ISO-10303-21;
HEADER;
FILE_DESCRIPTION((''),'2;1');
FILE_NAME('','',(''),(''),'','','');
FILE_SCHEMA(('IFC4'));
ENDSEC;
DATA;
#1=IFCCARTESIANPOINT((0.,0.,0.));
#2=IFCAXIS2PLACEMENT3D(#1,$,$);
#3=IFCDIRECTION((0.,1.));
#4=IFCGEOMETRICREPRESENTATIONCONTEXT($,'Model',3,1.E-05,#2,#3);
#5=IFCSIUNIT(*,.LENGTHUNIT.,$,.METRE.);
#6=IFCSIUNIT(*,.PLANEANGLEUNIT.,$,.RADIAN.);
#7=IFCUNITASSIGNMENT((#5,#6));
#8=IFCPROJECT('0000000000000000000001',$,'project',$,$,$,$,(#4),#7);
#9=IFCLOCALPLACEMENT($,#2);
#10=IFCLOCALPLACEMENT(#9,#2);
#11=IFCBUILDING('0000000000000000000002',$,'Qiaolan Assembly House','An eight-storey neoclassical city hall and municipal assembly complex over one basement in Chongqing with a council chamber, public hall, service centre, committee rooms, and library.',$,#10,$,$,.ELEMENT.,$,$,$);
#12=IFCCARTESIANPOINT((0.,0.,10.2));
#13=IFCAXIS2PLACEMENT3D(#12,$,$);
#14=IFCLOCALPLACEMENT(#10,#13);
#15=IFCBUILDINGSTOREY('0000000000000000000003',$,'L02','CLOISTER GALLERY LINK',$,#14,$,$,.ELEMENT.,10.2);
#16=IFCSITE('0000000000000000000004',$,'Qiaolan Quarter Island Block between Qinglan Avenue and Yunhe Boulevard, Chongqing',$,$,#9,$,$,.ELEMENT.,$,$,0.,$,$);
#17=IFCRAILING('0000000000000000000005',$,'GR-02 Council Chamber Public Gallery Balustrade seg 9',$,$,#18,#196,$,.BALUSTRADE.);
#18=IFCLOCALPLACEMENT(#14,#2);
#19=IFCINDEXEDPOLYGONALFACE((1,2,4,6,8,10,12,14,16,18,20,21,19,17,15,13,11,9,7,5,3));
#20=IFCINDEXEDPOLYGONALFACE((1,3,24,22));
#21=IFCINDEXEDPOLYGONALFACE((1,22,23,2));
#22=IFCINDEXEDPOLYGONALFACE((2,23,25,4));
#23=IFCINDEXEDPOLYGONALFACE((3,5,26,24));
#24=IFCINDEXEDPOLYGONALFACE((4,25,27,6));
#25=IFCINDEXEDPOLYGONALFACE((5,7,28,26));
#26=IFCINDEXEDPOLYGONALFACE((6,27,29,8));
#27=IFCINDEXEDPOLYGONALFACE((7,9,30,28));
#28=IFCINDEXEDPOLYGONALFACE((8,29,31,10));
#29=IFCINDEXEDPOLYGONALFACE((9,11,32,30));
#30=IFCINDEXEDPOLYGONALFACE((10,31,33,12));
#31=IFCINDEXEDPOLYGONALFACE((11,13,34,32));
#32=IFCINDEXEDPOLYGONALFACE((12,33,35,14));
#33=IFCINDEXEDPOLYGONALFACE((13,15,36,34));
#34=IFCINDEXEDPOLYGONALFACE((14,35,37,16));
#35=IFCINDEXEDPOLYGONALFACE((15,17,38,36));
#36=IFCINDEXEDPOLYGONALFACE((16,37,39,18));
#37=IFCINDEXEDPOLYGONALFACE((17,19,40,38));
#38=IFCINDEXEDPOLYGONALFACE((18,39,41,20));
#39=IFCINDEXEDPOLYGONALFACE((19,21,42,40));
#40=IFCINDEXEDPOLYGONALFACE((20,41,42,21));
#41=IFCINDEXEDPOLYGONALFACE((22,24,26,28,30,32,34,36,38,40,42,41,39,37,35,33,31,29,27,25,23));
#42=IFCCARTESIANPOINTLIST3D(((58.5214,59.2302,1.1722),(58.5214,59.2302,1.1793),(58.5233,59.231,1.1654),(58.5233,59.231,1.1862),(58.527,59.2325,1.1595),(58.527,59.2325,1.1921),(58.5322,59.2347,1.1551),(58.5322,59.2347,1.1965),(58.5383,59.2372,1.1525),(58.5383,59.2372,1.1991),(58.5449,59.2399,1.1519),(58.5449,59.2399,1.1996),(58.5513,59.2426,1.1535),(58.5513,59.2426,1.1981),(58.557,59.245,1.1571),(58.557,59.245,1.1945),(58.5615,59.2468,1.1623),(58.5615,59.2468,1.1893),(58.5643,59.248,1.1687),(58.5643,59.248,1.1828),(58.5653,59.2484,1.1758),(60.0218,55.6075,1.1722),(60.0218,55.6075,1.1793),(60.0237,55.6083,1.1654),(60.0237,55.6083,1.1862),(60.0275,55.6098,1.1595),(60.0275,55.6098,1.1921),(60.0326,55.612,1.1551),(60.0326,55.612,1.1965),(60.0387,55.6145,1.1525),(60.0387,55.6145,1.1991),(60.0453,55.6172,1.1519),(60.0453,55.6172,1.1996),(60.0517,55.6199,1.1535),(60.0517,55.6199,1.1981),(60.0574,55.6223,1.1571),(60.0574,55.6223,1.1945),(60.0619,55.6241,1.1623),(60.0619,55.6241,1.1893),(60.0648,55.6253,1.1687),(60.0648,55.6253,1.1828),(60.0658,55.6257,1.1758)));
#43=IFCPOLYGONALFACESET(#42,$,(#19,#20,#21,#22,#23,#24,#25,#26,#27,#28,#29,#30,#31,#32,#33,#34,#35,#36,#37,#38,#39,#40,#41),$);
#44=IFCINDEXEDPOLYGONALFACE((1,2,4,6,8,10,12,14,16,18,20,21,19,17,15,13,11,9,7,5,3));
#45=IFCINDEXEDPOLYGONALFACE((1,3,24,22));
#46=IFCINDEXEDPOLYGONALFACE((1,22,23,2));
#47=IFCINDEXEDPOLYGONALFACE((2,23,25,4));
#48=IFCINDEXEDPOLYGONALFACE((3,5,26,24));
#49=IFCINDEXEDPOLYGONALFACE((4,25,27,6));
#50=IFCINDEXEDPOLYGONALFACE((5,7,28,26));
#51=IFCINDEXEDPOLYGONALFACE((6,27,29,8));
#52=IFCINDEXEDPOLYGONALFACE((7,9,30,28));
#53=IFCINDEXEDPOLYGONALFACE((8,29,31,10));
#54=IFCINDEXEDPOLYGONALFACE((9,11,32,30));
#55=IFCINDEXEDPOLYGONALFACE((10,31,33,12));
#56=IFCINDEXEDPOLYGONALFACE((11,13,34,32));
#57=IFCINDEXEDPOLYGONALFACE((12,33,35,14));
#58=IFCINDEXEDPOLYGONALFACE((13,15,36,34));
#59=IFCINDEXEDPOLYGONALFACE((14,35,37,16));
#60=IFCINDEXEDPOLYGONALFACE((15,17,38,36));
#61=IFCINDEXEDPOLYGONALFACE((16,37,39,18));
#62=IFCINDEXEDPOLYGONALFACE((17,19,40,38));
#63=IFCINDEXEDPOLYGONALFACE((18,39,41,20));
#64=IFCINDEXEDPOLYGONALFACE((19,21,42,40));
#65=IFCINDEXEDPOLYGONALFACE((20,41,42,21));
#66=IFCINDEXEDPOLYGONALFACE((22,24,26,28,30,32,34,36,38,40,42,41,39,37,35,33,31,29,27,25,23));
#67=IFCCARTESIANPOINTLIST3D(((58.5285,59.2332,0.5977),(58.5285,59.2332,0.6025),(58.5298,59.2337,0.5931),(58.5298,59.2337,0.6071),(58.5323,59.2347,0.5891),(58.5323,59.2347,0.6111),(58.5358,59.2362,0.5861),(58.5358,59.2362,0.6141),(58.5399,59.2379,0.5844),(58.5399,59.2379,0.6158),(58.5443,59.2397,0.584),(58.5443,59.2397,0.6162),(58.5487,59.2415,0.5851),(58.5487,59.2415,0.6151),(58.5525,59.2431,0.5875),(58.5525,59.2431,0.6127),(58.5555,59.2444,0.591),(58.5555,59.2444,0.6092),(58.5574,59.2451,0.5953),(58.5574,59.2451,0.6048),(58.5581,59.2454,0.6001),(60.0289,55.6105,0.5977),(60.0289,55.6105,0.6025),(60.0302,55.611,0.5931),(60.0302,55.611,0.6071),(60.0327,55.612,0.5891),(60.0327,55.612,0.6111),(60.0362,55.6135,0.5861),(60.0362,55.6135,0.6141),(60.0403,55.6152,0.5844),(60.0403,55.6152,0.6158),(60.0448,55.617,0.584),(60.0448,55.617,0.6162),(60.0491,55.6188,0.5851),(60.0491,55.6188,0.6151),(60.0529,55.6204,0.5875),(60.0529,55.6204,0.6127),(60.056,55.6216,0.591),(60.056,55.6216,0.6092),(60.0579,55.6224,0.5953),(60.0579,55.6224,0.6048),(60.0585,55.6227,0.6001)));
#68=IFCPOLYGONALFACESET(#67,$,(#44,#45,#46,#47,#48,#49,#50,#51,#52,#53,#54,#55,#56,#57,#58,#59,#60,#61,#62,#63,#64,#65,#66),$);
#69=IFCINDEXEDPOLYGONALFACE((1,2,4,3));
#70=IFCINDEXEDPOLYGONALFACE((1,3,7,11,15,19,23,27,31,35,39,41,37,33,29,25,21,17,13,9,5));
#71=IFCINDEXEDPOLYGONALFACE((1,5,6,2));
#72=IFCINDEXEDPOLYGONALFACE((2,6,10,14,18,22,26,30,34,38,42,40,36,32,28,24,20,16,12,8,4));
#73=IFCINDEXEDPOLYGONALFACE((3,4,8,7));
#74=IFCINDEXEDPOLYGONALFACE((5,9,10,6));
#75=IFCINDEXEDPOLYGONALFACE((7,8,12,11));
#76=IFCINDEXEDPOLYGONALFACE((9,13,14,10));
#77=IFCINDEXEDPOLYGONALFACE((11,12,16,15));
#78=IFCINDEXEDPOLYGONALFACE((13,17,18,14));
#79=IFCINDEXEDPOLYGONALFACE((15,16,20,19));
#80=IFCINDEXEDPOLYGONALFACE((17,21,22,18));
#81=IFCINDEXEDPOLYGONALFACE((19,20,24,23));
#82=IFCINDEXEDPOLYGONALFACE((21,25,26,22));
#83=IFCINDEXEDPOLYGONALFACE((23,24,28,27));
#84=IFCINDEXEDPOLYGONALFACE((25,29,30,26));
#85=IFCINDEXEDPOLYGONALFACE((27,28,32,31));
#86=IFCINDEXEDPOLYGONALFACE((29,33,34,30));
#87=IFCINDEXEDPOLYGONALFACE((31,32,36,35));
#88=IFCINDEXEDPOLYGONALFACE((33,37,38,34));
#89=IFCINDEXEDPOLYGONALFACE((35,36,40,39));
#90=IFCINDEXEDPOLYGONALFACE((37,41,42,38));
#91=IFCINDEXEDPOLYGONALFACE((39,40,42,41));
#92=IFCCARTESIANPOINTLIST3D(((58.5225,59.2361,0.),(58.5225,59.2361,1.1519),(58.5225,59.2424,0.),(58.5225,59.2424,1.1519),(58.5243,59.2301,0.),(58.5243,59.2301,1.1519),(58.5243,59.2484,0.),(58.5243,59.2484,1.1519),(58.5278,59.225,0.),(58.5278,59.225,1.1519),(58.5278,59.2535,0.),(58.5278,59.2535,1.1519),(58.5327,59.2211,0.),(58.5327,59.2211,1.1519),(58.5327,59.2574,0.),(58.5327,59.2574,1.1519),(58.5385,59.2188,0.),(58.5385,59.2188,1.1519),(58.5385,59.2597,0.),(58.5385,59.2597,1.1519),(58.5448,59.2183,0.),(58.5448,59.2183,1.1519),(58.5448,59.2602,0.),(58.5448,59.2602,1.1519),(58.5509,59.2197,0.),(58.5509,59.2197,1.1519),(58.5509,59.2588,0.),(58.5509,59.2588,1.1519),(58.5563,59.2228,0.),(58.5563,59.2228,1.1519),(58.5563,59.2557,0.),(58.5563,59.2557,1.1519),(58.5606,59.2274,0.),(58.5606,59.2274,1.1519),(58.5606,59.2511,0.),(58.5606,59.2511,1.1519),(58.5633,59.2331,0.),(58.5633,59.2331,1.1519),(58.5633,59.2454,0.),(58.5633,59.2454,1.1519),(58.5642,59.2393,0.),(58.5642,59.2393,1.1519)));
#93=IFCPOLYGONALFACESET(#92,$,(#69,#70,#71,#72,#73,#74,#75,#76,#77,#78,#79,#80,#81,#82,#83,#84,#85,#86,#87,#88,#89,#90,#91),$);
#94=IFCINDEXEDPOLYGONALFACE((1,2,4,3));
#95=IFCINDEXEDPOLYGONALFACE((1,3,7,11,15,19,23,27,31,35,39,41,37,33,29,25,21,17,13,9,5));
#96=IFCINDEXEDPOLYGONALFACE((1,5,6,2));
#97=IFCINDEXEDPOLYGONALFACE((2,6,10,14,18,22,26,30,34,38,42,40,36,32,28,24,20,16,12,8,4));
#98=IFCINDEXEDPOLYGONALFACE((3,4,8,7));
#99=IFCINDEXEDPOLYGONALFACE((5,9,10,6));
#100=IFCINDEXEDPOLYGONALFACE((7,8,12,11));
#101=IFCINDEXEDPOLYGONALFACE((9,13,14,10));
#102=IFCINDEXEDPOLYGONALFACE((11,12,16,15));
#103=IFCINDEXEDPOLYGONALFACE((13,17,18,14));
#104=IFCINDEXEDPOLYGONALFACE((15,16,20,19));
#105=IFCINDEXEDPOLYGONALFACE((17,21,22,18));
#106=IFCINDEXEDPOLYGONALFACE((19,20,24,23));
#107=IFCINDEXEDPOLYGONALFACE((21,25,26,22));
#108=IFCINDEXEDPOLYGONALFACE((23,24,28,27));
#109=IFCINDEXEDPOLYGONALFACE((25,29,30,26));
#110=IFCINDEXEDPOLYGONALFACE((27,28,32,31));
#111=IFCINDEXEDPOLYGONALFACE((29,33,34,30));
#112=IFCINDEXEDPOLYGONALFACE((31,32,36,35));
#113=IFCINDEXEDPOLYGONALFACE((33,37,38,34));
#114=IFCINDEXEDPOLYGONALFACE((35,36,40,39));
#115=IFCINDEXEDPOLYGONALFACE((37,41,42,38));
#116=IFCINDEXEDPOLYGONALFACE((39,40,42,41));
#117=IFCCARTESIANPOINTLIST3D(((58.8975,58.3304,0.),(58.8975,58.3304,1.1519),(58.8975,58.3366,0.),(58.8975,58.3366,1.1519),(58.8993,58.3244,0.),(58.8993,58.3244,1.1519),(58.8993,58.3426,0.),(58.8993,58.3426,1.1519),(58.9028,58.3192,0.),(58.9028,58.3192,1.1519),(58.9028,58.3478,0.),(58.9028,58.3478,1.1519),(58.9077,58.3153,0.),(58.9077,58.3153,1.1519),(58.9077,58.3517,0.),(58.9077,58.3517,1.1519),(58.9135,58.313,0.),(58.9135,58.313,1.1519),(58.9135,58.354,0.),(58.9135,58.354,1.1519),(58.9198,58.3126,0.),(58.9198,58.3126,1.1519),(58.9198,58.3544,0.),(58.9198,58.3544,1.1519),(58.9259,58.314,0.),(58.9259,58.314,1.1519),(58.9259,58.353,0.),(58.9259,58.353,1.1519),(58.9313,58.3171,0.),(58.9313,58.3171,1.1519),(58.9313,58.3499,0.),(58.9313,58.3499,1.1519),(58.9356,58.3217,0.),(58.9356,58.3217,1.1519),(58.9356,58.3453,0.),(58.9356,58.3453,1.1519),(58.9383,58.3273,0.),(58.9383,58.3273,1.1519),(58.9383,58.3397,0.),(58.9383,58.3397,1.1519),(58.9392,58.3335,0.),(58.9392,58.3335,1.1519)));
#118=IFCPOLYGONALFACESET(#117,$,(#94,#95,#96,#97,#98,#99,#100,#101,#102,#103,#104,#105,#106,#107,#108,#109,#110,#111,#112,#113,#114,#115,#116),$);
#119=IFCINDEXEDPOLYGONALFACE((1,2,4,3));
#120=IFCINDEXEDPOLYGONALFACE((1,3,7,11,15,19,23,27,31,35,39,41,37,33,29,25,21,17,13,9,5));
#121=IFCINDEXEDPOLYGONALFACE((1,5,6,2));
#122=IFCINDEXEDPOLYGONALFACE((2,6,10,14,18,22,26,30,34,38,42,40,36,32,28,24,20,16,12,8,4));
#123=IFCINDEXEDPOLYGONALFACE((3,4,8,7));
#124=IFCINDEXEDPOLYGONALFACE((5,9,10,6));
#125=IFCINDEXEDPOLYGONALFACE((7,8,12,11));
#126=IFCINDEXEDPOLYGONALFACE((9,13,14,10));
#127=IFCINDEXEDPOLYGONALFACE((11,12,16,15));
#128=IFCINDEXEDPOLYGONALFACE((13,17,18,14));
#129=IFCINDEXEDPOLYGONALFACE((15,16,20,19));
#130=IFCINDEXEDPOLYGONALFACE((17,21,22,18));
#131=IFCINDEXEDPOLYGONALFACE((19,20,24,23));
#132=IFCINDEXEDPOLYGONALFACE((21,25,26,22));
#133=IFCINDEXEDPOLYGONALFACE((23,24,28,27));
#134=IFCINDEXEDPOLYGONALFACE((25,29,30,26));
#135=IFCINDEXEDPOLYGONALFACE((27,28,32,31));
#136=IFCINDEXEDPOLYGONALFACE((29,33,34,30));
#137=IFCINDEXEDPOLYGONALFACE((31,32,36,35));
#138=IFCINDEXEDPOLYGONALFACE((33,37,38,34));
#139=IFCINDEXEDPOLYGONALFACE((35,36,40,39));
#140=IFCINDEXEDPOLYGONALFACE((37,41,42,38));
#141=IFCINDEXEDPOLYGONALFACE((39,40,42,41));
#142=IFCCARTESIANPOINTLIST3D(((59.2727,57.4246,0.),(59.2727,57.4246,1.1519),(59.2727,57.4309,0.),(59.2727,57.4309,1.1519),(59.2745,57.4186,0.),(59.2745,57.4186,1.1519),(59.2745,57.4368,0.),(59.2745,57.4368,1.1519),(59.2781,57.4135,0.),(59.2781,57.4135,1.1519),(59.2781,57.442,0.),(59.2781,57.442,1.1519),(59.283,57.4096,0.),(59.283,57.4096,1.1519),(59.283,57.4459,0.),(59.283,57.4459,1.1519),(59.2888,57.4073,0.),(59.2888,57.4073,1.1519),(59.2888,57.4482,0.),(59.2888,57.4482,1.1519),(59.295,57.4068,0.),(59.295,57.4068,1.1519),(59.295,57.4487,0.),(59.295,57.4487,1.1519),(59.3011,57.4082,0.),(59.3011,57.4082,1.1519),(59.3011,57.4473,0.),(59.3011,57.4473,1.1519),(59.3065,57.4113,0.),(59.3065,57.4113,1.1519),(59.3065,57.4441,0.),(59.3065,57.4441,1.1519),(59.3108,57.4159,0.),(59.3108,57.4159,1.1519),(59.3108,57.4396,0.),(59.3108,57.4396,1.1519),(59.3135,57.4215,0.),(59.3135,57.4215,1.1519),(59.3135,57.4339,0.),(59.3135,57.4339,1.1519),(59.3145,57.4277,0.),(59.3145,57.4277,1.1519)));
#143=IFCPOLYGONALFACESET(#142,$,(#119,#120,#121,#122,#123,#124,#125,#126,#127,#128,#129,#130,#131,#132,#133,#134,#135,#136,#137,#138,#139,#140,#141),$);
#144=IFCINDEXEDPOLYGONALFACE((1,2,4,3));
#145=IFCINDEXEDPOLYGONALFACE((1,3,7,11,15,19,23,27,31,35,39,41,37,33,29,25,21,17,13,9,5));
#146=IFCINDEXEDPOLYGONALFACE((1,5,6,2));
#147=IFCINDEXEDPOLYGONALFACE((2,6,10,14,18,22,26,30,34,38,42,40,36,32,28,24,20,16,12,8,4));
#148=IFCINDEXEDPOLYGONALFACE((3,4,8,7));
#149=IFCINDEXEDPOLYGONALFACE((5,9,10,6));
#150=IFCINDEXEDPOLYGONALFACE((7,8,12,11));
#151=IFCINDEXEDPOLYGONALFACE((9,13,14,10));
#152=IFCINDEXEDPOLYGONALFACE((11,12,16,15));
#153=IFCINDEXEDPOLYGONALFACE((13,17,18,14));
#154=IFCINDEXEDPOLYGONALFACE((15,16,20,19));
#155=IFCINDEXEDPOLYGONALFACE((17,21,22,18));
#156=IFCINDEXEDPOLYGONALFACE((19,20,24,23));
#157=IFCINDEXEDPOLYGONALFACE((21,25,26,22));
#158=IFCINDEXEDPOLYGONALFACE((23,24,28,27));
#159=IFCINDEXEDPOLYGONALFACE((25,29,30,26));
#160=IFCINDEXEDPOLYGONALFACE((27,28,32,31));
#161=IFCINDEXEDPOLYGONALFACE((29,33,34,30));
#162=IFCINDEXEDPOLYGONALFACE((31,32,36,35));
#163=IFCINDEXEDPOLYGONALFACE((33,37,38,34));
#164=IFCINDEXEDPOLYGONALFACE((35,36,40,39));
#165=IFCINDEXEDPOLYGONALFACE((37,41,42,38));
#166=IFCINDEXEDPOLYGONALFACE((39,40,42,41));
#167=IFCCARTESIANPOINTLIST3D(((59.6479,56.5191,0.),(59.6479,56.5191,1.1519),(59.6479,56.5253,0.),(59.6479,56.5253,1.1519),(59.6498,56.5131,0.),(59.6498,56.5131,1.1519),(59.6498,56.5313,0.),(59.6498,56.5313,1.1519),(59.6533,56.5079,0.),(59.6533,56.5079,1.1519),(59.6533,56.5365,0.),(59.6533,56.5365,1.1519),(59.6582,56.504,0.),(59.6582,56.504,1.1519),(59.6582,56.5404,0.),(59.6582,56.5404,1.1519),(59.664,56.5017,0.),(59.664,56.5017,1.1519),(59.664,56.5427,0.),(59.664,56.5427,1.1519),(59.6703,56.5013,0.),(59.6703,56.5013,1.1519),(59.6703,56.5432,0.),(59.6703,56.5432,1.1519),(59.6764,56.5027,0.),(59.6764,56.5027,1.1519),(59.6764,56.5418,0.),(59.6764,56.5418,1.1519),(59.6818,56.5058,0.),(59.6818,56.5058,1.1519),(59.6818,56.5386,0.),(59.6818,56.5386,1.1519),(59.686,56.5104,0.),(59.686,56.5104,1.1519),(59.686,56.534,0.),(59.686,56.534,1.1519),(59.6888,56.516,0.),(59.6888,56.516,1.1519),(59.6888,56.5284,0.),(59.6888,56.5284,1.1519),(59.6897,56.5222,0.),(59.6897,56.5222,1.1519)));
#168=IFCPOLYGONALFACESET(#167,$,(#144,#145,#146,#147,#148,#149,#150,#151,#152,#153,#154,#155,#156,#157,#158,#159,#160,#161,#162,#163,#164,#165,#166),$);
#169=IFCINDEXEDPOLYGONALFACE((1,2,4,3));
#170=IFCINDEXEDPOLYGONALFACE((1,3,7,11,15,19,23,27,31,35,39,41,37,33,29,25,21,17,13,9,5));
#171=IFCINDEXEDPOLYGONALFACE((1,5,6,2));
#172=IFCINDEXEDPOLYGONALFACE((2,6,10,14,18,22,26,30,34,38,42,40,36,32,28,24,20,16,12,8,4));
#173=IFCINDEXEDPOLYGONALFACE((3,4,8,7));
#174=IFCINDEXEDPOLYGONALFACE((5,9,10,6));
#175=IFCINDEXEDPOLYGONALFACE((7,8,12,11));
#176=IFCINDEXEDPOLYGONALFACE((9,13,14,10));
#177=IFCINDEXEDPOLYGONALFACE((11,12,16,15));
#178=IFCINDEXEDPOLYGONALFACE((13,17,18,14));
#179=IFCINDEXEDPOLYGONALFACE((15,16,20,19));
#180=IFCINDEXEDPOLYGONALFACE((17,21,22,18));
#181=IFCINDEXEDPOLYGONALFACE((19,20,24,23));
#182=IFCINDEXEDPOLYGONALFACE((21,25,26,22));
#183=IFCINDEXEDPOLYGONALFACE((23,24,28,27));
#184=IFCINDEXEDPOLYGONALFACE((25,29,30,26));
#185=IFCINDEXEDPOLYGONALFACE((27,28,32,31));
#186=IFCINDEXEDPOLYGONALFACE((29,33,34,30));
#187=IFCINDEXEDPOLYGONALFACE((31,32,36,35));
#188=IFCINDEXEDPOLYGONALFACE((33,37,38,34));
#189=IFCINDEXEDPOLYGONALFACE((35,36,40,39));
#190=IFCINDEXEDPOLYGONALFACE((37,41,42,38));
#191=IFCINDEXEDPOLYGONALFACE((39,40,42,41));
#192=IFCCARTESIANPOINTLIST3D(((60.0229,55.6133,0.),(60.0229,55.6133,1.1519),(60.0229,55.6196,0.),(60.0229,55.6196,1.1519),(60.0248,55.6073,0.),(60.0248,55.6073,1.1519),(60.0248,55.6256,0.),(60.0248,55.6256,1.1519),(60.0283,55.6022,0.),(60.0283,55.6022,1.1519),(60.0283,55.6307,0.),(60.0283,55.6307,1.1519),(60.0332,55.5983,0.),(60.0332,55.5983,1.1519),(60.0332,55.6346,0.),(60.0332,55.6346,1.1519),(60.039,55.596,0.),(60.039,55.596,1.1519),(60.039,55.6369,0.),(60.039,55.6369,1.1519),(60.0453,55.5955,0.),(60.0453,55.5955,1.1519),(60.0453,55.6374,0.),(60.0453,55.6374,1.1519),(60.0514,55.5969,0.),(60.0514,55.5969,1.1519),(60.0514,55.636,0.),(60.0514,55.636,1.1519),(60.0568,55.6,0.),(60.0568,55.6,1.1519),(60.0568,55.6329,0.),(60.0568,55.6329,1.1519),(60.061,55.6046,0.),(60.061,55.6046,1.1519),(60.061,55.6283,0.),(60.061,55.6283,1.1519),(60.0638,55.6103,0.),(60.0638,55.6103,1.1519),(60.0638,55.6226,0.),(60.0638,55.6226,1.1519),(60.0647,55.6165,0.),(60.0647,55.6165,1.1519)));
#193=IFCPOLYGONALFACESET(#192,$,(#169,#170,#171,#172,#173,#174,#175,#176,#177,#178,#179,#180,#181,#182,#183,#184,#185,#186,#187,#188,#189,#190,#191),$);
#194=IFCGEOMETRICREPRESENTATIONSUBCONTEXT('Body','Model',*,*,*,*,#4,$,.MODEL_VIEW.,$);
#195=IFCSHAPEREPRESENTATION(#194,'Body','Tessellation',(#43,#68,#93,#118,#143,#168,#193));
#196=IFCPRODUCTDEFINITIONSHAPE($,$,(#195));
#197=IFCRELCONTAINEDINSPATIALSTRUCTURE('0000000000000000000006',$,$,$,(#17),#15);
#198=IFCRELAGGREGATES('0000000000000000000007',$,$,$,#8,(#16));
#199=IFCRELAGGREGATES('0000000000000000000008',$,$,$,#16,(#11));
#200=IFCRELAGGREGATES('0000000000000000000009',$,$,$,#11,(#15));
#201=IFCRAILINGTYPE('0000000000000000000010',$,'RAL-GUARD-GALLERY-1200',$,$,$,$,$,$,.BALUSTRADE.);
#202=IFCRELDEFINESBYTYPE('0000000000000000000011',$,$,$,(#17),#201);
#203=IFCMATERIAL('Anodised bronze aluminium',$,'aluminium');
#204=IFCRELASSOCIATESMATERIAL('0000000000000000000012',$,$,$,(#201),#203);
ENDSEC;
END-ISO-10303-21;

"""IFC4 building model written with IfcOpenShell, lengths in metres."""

from ifc_helpers import new_model, si_unit, direction, frame, origin, origin_2d, place, context, subcontext, project, spatial, circle, extrude, material, type_object, element, save


model = new_model("IFC4")

# Units and contexts
model_context = context("Model", 3, precision=1e-05, world=origin(), true_north=direction((0.0, 1.0)))
body_context = subcontext(model_context, "Body", "Model", "MODEL_VIEW")
ifc_project = project(units=[si_unit("LENGTHUNIT", "METRE"), si_unit("PLANEANGLEUNIT", "RADIAN")], contexts=[model_context])

# Site, building, storey
site_placement = place(None, origin())
site = spatial("IfcSite", under=ifc_project, at=site_placement, Name="Qiaolan Quarter Island Block between Qinglan Avenue and Yunhe Boulevard, Chongqing", CompositionType="ELEMENT", RefElevation=0.0)
building_placement = place(site_placement, origin())
building = spatial("IfcBuilding", under=site, at=building_placement, Name="Qiaolan Assembly House", Description="An eight-storey neoclassical city hall and municipal assembly complex over one basement in Chongqing with a council chamber, public hall, service centre, committee rooms, and library.", CompositionType="ELEMENT")
storey_placement = place(building_placement, frame((0.0, 0.0, 10.2)))
storey = spatial("IfcBuildingStorey", under=building, at=storey_placement, Name="L02", Description="CLOISTER GALLERY LINK", CompositionType="ELEMENT", Elevation=10.2)

# Railing
ifc_material_1 = material(Name="Anodised bronze aluminium", Category="aluminium")
railing_type = type_object("IfcRailingType", Name="RAL-GUARD-GALLERY-1200", PredefinedType="BALUSTRADE", material=ifc_material_1)
railing_1_placement = place(storey_placement, frame((58.5432, 59.2393, 0.0)))
element("IfcRailing", 1, at=railing_1_placement, inside=storey, type_object=railing_type, Name="GR-02 Council Chamber Public Gallery Balustrade seg 9", PredefinedType="BALUSTRADE", context=body_context, shape_type="SweptSolid", body=[
    extrude(circle(Radius=0.0239, at=origin_2d()), frame((0.0, 0.0, 1.1758), z_axis=(0.382656, -0.923891, 0.0), x_axis=(0.923891, 0.382656, 0.0)), (0.0, 0.0, 1.0), 3.9211),
    extrude(circle(Radius=0.0161, at=origin_2d()), frame((0.0, 0.0, 0.6001), z_axis=(0.382656, -0.923891, 0.0), x_axis=(0.923891, 0.382656, 0.0)), (0.0, 0.0, 1.0), 3.9211),
    extrude(circle(Radius=0.021, at=origin_2d()), origin(), (0.0, 0.0, 1.0), 1.1519),
    extrude(circle(Radius=0.021, at=origin_2d()), frame((0.375, -0.9058, 0.0)), (0.0, 0.0, 1.0), 1.1519),
    extrude(circle(Radius=0.021, at=origin_2d()), frame((0.7502, -1.8115, 0.0)), (0.0, 0.0, 1.0), 1.1519),
    extrude(circle(Radius=0.021, at=origin_2d()), frame((1.1255, -2.717, 0.0)), (0.0, 0.0, 1.0), 1.1519),
    extrude(circle(Radius=0.021, at=origin_2d()), frame((1.5005, -3.6228, 0.0)), (0.0, 0.0, 1.0), 1.1519),
])

save(model, "model.ifc")
